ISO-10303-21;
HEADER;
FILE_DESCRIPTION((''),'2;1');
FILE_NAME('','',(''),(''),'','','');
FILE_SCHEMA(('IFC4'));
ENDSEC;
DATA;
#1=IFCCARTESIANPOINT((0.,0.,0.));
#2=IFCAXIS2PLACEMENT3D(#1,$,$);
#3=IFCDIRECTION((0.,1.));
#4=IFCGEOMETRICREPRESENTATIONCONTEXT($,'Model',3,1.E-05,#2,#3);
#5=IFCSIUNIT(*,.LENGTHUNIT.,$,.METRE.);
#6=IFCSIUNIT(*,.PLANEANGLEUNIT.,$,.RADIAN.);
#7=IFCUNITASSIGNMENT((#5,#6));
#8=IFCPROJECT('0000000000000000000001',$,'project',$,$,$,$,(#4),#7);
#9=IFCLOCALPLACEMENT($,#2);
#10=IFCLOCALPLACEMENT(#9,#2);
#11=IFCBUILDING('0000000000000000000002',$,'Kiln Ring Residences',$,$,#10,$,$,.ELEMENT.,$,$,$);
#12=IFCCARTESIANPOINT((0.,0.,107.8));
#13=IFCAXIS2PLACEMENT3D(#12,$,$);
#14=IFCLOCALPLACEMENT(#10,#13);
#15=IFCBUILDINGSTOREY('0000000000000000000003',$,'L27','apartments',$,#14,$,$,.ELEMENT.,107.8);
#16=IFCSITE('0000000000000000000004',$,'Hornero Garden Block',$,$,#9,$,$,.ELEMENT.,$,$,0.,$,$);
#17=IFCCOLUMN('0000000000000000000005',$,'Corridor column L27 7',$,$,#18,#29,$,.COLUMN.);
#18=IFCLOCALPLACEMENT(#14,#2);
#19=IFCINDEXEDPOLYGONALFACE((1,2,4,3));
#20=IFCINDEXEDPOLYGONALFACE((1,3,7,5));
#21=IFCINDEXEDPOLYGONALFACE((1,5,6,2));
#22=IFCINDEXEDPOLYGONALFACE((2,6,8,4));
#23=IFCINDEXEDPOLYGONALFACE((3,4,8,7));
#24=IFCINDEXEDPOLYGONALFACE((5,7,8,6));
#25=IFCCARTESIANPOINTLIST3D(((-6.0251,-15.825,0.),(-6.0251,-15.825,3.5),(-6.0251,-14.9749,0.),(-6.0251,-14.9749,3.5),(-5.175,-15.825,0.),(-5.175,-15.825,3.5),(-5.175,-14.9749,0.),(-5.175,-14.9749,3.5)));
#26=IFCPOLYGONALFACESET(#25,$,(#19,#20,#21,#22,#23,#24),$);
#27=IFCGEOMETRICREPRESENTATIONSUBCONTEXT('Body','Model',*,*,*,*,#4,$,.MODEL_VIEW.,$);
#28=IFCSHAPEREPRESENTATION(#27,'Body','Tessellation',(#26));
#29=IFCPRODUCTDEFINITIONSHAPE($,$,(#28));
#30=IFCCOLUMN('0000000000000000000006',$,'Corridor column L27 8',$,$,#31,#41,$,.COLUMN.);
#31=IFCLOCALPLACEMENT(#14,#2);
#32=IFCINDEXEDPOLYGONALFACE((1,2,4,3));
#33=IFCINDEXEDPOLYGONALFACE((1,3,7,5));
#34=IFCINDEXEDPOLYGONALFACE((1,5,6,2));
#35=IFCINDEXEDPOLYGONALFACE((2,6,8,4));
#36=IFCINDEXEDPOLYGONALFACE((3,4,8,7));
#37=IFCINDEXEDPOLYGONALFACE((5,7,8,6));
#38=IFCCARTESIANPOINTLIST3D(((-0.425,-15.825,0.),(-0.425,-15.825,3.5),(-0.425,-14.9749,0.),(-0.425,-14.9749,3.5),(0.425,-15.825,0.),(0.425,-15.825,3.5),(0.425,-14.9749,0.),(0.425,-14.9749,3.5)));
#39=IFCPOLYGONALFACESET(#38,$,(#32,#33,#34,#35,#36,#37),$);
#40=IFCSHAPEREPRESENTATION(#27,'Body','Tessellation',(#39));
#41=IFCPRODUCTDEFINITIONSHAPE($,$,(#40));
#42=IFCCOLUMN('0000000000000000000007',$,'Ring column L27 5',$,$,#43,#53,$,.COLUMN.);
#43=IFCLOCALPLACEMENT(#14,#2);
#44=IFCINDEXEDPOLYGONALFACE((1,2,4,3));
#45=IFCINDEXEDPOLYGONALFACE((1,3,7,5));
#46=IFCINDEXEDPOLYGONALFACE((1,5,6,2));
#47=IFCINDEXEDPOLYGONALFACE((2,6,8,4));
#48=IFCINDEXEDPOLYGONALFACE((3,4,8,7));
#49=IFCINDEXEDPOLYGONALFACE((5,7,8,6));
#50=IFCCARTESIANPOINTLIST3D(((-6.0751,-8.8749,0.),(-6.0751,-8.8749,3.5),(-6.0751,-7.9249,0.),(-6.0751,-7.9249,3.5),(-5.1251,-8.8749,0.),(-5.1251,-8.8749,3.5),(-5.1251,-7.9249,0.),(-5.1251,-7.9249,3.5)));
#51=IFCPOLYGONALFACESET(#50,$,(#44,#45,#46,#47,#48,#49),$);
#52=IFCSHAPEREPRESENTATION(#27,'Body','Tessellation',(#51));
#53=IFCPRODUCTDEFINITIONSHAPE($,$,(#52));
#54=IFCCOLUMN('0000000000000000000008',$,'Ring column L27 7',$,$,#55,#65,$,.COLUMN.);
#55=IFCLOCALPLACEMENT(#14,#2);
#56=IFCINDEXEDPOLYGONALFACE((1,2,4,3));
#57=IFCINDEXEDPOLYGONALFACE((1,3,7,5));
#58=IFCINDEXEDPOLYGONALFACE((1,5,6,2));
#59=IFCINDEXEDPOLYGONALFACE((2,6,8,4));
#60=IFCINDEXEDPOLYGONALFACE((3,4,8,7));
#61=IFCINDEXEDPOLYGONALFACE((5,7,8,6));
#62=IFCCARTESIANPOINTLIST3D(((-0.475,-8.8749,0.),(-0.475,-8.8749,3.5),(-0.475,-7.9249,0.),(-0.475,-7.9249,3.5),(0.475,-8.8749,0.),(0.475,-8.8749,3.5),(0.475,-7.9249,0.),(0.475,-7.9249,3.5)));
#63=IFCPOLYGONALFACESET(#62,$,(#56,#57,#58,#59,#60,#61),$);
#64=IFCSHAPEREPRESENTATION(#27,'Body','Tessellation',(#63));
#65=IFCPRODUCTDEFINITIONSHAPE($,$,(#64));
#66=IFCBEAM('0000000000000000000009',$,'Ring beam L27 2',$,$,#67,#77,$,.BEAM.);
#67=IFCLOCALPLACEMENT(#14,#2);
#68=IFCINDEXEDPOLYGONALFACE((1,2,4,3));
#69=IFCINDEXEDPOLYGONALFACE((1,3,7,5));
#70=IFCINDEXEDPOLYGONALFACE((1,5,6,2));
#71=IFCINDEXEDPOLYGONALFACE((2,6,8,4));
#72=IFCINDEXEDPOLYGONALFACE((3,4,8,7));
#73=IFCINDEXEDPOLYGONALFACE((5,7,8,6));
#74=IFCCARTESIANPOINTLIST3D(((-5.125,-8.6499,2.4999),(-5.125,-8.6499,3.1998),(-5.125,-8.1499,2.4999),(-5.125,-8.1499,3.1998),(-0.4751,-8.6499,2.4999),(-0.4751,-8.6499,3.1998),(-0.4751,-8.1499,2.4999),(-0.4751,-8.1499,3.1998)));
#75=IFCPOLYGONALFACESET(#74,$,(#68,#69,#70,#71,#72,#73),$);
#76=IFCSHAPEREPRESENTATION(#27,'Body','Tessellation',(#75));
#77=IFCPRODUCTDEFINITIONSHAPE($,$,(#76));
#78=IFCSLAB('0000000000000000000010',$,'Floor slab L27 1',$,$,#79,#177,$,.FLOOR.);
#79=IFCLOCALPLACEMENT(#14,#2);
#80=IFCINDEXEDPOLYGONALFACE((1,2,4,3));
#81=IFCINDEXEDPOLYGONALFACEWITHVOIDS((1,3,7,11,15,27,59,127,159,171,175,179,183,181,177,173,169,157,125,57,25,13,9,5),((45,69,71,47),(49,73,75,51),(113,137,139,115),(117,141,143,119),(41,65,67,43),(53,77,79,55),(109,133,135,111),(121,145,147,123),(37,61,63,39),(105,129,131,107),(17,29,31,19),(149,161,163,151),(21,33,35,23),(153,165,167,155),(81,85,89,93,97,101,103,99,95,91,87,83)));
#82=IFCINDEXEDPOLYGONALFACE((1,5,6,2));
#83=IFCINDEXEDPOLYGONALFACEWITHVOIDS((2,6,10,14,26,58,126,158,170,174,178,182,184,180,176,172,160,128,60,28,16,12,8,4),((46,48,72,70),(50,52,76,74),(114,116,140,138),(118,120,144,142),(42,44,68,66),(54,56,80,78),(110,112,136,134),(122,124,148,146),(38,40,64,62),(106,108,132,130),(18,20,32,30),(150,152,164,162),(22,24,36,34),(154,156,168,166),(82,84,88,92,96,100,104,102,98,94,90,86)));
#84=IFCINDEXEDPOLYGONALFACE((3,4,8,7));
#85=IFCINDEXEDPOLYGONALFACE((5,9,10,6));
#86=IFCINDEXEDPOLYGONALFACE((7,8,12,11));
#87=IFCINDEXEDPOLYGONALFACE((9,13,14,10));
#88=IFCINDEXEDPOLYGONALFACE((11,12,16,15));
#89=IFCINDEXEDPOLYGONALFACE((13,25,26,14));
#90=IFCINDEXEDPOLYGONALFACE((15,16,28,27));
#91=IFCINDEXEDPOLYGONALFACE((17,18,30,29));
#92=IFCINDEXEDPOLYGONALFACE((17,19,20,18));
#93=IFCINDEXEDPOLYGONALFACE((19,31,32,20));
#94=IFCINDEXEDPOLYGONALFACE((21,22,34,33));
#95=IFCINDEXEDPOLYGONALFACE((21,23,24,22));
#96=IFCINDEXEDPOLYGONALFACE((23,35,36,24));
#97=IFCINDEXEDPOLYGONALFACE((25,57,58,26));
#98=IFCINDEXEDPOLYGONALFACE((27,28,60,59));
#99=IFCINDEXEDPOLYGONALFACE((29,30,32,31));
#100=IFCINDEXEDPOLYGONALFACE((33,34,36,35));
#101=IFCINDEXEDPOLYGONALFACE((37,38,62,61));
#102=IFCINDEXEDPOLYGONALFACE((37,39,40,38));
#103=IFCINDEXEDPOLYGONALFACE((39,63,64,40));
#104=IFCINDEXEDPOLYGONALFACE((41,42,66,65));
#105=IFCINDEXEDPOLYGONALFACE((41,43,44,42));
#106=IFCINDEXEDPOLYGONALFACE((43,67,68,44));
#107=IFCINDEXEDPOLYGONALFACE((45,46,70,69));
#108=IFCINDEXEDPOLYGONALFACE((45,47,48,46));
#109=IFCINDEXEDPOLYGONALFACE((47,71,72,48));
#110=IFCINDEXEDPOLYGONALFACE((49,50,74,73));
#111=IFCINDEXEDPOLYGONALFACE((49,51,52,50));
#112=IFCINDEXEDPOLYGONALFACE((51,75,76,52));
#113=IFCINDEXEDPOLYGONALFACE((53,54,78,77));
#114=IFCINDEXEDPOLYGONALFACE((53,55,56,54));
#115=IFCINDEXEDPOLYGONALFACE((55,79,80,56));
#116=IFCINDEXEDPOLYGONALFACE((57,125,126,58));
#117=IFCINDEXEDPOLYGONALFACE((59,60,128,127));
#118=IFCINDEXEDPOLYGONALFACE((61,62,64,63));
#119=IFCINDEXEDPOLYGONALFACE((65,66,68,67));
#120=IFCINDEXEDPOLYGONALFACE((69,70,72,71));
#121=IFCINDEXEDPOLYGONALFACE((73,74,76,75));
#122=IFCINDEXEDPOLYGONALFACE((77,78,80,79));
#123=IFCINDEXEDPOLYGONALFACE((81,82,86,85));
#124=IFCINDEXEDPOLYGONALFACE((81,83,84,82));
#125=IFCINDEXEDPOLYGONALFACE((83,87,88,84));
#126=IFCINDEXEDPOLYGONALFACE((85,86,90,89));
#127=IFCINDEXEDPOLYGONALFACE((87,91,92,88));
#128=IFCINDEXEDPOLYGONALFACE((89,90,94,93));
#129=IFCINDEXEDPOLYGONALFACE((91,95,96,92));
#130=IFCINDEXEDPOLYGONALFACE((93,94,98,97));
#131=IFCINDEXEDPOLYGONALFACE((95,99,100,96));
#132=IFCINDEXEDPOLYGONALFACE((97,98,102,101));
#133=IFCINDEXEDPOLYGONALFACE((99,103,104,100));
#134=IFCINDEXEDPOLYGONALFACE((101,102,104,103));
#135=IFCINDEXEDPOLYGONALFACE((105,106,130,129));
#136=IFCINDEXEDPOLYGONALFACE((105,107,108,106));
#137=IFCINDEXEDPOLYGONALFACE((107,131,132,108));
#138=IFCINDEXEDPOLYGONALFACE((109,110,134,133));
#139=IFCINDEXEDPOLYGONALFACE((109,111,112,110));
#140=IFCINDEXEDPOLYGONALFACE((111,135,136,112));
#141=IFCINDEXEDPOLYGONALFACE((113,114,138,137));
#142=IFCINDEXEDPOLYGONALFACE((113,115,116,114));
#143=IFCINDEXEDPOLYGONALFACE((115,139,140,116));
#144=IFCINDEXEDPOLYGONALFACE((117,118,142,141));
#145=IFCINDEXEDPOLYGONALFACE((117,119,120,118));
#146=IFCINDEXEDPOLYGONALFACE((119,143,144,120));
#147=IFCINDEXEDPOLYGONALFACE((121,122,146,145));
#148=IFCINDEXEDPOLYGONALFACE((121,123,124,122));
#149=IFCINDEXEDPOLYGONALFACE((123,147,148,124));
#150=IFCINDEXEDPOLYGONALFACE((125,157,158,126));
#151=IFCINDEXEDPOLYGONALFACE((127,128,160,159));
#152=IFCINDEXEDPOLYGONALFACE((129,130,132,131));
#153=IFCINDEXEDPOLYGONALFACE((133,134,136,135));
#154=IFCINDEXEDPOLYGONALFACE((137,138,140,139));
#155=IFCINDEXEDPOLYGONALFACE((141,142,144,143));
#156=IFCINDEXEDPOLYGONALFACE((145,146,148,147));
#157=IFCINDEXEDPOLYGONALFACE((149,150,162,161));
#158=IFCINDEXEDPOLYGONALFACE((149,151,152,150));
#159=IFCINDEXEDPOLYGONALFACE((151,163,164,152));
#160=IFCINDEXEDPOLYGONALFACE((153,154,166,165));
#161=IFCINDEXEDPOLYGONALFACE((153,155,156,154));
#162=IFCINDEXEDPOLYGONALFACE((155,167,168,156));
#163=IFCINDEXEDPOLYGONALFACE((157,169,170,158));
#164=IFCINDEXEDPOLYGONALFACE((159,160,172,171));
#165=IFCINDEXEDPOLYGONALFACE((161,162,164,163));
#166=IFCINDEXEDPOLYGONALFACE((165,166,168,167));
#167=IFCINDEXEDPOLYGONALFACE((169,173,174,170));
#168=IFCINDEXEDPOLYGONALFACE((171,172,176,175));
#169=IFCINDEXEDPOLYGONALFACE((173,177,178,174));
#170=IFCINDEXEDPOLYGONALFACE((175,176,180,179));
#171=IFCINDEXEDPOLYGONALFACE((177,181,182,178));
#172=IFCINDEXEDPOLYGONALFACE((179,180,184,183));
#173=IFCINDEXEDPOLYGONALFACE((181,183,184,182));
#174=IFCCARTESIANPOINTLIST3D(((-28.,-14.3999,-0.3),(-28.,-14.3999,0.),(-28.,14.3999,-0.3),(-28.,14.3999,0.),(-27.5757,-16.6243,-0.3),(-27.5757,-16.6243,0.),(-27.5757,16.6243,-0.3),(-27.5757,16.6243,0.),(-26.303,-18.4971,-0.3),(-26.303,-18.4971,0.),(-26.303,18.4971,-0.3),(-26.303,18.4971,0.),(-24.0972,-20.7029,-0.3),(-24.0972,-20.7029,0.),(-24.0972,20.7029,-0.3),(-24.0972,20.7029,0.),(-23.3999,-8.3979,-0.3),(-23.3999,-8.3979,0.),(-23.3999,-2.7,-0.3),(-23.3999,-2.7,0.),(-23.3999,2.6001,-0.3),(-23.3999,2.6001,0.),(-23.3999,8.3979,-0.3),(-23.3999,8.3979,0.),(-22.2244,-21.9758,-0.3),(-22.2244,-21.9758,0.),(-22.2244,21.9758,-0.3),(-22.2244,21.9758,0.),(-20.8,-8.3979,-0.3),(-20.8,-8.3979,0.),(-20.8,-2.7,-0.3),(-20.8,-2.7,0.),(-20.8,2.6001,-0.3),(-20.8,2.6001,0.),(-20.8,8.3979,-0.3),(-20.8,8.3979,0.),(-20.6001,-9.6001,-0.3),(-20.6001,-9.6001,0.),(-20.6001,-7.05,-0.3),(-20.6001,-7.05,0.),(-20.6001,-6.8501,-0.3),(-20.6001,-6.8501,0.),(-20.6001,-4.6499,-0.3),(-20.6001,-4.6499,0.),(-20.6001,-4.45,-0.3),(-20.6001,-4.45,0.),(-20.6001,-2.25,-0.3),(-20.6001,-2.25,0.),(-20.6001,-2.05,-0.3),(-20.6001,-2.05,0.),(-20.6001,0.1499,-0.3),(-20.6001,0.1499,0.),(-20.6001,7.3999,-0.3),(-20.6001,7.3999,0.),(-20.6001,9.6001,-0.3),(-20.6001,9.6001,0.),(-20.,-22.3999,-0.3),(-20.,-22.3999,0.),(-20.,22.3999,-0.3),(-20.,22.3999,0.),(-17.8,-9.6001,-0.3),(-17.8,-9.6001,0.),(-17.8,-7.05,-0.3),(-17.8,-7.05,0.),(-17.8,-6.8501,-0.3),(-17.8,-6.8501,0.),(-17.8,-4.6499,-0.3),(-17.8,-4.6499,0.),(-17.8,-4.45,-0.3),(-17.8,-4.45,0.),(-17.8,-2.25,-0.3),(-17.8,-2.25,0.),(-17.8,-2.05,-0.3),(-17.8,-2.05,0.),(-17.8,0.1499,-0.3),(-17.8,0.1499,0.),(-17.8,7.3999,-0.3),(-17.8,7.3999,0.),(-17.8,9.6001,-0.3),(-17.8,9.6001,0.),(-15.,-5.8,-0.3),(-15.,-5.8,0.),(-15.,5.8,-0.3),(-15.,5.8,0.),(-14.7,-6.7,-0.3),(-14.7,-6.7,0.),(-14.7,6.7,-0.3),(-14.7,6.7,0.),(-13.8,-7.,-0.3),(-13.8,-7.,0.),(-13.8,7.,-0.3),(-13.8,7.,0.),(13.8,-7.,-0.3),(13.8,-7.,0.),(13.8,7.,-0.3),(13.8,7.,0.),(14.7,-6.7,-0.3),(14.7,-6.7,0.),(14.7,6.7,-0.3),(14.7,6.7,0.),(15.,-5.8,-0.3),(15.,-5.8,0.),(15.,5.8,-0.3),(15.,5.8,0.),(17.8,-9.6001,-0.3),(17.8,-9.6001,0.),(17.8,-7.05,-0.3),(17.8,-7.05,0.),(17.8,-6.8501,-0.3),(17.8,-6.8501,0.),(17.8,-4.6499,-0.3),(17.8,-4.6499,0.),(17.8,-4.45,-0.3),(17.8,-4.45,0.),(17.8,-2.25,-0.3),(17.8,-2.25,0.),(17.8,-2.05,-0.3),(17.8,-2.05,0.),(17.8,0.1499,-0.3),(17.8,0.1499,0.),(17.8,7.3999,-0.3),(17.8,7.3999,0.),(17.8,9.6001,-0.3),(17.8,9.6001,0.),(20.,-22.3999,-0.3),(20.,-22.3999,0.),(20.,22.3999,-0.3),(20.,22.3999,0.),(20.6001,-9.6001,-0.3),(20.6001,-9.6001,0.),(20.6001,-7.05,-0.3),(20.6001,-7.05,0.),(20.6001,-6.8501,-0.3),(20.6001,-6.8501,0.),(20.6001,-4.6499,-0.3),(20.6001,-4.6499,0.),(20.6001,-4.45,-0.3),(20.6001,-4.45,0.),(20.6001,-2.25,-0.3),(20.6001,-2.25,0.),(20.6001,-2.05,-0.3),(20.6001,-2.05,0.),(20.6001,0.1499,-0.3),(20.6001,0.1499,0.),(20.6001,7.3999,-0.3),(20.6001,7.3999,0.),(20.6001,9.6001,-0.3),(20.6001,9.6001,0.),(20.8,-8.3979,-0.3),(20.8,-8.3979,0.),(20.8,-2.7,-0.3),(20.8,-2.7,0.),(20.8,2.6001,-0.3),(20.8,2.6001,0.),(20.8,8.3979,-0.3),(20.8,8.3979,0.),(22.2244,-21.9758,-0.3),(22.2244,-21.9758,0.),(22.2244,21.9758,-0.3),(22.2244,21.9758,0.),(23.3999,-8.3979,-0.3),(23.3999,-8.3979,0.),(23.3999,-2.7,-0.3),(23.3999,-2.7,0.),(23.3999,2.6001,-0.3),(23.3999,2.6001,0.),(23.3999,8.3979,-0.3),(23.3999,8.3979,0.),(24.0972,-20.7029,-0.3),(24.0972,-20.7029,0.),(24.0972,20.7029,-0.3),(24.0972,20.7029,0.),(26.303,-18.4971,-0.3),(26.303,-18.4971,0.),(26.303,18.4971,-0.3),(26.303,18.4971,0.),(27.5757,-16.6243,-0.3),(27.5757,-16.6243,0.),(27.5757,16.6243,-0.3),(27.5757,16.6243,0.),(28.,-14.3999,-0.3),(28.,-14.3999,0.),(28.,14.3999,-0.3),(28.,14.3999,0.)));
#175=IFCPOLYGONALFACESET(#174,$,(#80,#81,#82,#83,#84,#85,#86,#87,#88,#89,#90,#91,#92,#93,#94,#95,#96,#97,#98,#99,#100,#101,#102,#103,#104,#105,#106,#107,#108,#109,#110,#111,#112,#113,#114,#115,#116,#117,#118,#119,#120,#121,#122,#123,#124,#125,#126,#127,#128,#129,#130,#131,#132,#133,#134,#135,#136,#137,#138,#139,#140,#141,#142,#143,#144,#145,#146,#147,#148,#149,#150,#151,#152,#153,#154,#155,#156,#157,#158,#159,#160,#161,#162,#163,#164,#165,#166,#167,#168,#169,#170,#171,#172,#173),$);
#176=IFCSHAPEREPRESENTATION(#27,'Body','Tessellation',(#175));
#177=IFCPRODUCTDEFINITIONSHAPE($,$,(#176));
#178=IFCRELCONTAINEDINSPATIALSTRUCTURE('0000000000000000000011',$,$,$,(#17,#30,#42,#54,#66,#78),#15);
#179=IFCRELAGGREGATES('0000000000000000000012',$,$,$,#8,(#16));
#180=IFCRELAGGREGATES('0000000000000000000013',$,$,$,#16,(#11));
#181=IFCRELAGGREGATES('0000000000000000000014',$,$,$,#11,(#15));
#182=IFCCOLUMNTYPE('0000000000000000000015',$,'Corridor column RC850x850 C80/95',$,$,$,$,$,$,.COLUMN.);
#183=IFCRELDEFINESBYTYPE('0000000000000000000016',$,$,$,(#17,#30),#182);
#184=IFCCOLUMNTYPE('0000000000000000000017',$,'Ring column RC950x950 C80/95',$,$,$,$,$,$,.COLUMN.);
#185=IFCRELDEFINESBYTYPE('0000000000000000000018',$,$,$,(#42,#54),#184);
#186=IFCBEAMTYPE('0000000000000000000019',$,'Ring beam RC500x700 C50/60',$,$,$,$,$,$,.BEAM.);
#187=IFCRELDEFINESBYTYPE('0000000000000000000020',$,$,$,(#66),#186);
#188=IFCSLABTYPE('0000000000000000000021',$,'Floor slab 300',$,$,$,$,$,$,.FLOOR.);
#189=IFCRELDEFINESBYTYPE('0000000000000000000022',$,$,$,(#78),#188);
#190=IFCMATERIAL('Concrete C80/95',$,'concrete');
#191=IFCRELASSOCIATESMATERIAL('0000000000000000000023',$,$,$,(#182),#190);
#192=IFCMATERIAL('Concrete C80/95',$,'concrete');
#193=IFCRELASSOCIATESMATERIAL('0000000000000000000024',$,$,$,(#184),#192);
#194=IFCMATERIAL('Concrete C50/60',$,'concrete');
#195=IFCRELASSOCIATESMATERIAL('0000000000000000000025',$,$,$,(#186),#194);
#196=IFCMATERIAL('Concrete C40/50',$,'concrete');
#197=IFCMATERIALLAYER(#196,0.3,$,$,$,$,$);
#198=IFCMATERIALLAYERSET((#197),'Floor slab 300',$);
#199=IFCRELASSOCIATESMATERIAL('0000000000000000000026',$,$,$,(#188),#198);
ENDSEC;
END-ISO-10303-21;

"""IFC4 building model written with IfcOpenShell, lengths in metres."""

from ifc_helpers import new_model, si_unit, direction, frame, origin, origin_2d, place, context, subcontext, project, spatial, polyline, rectangle, outline, extrude, material, layer, layer_set, material_profile, profile_set, type_object, element, save


model = new_model("IFC4")

# Units and contexts
model_context = context("Model", 3, precision=1e-05, world=origin(), true_north=direction((0.0, 1.0)))
body_context = subcontext(model_context, "Body", "Model", "MODEL_VIEW")
ifc_project = project(units=[si_unit("LENGTHUNIT", "METRE"), si_unit("PLANEANGLEUNIT", "RADIAN")], contexts=[model_context])

# Site, building, storey
site_placement = place(None, origin())
site = spatial("IfcSite", under=ifc_project, at=site_placement, Name="Hornero Garden Block", CompositionType="ELEMENT", RefElevation=0.0)
building_placement = place(site_placement, origin())
building = spatial("IfcBuilding", under=site, at=building_placement, Name="Kiln Ring Residences", CompositionType="ELEMENT")
storey_placement = place(building_placement, frame((0.0, 0.0, 107.8)))
storey = spatial("IfcBuildingStorey", under=building, at=storey_placement, Name="L27", Description="apartments", CompositionType="ELEMENT", Elevation=107.8)

# Columns
ifc_material_1 = material(Name="Concrete C80/95", Category="concrete")
ifc_material_profile_1 = material_profile(ifc_material_1, rectangle(XDim=0.8501, YDim=0.8501, at=origin_2d()), Name="RC850x850")
ifc_profile_set_1 = profile_set([ifc_material_profile_1], Name="Concrete C80/95")
column_type_1 = type_object("IfcColumnType", Name="Corridor column RC850x850 C80/95", PredefinedType="COLUMN", material=ifc_profile_set_1)
for number, where, z_axis, x_axis, name in (
    (1, (-5.6001, -15.3999, 0.0), (0.0, 0.0, 1.0), (1.0, 0.0, 0.0), "Corridor column L27 7"),
    (2, (0.0, -15.3999, 0.0), (0.0, 0.0, 1.0), (1.0, 0.0, 0.0), "Corridor column L27 8"),
):
    element("IfcColumn", number, at=place(storey_placement, frame(where, z_axis=z_axis, x_axis=x_axis)), inside=storey, type_object=column_type_1, Name=name, PredefinedType="COLUMN", context=body_context, shape_type="SweptSolid", body=[
        extrude(rectangle(XDim=0.8501, YDim=0.8501, at=origin_2d()), origin(), (0.0, 0.0, 1.0), 3.5),
    ])
ifc_material_2 = material(Name="Concrete C80/95", Category="concrete")
ifc_material_profile_2 = material_profile(ifc_material_2, rectangle(XDim=0.95, YDim=0.95, at=origin_2d()), Name="RC950x950")
ifc_profile_set_2 = profile_set([ifc_material_profile_2], Name="Concrete C80/95")
column_type_2 = type_object("IfcColumnType", Name="Ring column RC950x950 C80/95", PredefinedType="COLUMN", material=ifc_profile_set_2)
for number, where, z_axis, x_axis, name in (
    (3, (-5.6001, -8.3999, 0.0), (0.0, 0.0, 1.0), (1.0, 0.0, 0.0), "Ring column L27 5"),
    (4, (0.0, -8.3999, 0.0), (0.0, 0.0, 1.0), (1.0, 0.0, 0.0), "Ring column L27 7"),
):
    element("IfcColumn", number, at=place(storey_placement, frame(where, z_axis=z_axis, x_axis=x_axis)), inside=storey, type_object=column_type_2, Name=name, PredefinedType="COLUMN", context=body_context, shape_type="SweptSolid", body=[
        extrude(rectangle(XDim=0.95, YDim=0.95, at=origin_2d()), origin(), (0.0, 0.0, 1.0), 3.5),
    ])

# Beam
ifc_material_3 = material(Name="Concrete C50/60", Category="concrete")
ifc_material_profile_3 = material_profile(ifc_material_3, rectangle(XDim=0.5, YDim=0.7, at=origin_2d()), Name="RC500x700")
ifc_profile_set_3 = profile_set([ifc_material_profile_3], Name="Concrete C50/60")
beam_type = type_object("IfcBeamType", Name="Ring beam RC500x700 C50/60", PredefinedType="BEAM", material=ifc_profile_set_3)
beam_placement = place(storey_placement, frame((-5.125, -8.3999, 2.8499), z_axis=(1.0, 0.0, 0.0), x_axis=(0.0, 1.0, 0.0)))
element("IfcBeam", 5, at=beam_placement, inside=storey, type_object=beam_type, Name="Ring beam L27 2", PredefinedType="BEAM", context=body_context, shape_type="SweptSolid", body=[
    extrude(rectangle(XDim=0.5, YDim=0.7, at=origin_2d()), origin(), (0.0, 0.0, 1.0), 4.6499),
])

# Slab
ifc_material_4 = material(Name="Concrete C40/50", Category="concrete")
ifc_layer_1 = layer(ifc_material_4, 0.3)
ifc_layer_set_1 = layer_set([ifc_layer_1], Name="Floor slab 300")
slab_type = type_object("IfcSlabType", Name="Floor slab 300", PredefinedType="FLOOR", material=ifc_layer_set_1)
slab_placement = place(storey_placement, frame((0.0, 0.0, -0.3)))
element("IfcSlab", 6, at=slab_placement, inside=storey, type_object=slab_type, Name="Floor slab L27 1", PredefinedType="FLOOR", context=body_context, shape_type="SweptSolid", body=[
    extrude(outline(polyline([(-26.303, -18.4971), (-24.0972, -20.7029), (-22.2244, -21.9758), (-20.0, -22.3999), (20.0, -22.3999), (22.2244, -21.9758), (24.0972, -20.7029), (26.303, -18.4971), (27.5757, -16.6243), (28.0, -14.3999), (28.0, 14.3999), (27.5757, 16.6243), (26.303, 18.4971), (24.0972, 20.7029), (22.2244, 21.9758), (20.0, 22.3999), (-20.0, 22.3999), (-22.2244, 21.9758), (-24.0972, 20.7029), (-26.303, 18.4971), (-27.5757, 16.6243), (-28.0, 14.3999), (-28.0, -14.3999), (-27.5757, -16.6243), (-26.303, -18.4971)]), holes=[polyline([(-14.7, -6.7), (-15.0, -5.8), (-15.0, 5.8), (-14.7, 6.7), (-13.8, 7.0), (13.8, 7.0), (14.7, 6.7), (15.0, 5.8), (15.0, -5.8), (14.7, -6.7), (13.8, -7.0), (-13.8, -7.0), (-14.7, -6.7)]), polyline([(20.8, -8.3979), (20.8, -2.7), (23.3999, -2.7), (23.3999, -8.3979), (20.8, -8.3979)]), polyline([(20.8, 2.6001), (20.8, 8.3979), (23.3999, 8.3979), (23.3999, 2.6001), (20.8, 2.6001)]), polyline([(17.8, -6.8501), (17.8, -4.6499), (20.6001, -4.6499), (20.6001, -6.8501), (17.8, -6.8501)]), polyline([(17.8, -4.45), (17.8, -2.25), (20.6001, -2.25), (20.6001, -4.45), (17.8, -4.45)]), polyline([(17.8, -2.05), (17.8, 0.1499), (20.6001, 0.1499), (20.6001, -2.05), (17.8, -2.05)]), polyline([(17.8, 7.3999), (17.8, 9.6001), (20.6001, 9.6001), (20.6001, 7.3999), (17.8, 7.3999)]), polyline([(20.6001, -9.6001), (17.8, -9.6001), (17.8, -7.05), (20.6001, -7.05), (20.6001, -9.6001)]), polyline([(-17.8, -7.05), (-17.8, -9.6001), (-20.6001, -9.6001), (-20.6001, -7.05), (-17.8, -7.05)]), polyline([(-17.8, -6.8501), (-20.6001, -6.8501), (-20.6001, -4.6499), (-17.8, -4.6499), (-17.8, -6.8501)]), polyline([(-17.8, -4.45), (-20.6001, -4.45), (-20.6001, -2.25), (-17.8, -2.25), (-17.8, -4.45)]), polyline([(-17.8, -2.05), (-20.6001, -2.05), (-20.6001, 0.1499), (-17.8, 0.1499), (-17.8, -2.05)]), polyline([(-17.8, 7.3999), (-20.6001, 7.3999), (-20.6001, 9.6001), (-17.8, 9.6001), (-17.8, 7.3999)]), polyline([(-20.8, -8.3979), (-23.3999, -8.3979), (-23.3999, -2.7), (-20.8, -2.7), (-20.8, -8.3979)]), polyline([(-20.8, 2.6001), (-23.3999, 2.6001), (-23.3999, 8.3979), (-20.8, 8.3979), (-20.8, 2.6001)])]), origin(), (0.0, 0.0, 1.0), 0.3),
])

save(model, "model.ifc")
